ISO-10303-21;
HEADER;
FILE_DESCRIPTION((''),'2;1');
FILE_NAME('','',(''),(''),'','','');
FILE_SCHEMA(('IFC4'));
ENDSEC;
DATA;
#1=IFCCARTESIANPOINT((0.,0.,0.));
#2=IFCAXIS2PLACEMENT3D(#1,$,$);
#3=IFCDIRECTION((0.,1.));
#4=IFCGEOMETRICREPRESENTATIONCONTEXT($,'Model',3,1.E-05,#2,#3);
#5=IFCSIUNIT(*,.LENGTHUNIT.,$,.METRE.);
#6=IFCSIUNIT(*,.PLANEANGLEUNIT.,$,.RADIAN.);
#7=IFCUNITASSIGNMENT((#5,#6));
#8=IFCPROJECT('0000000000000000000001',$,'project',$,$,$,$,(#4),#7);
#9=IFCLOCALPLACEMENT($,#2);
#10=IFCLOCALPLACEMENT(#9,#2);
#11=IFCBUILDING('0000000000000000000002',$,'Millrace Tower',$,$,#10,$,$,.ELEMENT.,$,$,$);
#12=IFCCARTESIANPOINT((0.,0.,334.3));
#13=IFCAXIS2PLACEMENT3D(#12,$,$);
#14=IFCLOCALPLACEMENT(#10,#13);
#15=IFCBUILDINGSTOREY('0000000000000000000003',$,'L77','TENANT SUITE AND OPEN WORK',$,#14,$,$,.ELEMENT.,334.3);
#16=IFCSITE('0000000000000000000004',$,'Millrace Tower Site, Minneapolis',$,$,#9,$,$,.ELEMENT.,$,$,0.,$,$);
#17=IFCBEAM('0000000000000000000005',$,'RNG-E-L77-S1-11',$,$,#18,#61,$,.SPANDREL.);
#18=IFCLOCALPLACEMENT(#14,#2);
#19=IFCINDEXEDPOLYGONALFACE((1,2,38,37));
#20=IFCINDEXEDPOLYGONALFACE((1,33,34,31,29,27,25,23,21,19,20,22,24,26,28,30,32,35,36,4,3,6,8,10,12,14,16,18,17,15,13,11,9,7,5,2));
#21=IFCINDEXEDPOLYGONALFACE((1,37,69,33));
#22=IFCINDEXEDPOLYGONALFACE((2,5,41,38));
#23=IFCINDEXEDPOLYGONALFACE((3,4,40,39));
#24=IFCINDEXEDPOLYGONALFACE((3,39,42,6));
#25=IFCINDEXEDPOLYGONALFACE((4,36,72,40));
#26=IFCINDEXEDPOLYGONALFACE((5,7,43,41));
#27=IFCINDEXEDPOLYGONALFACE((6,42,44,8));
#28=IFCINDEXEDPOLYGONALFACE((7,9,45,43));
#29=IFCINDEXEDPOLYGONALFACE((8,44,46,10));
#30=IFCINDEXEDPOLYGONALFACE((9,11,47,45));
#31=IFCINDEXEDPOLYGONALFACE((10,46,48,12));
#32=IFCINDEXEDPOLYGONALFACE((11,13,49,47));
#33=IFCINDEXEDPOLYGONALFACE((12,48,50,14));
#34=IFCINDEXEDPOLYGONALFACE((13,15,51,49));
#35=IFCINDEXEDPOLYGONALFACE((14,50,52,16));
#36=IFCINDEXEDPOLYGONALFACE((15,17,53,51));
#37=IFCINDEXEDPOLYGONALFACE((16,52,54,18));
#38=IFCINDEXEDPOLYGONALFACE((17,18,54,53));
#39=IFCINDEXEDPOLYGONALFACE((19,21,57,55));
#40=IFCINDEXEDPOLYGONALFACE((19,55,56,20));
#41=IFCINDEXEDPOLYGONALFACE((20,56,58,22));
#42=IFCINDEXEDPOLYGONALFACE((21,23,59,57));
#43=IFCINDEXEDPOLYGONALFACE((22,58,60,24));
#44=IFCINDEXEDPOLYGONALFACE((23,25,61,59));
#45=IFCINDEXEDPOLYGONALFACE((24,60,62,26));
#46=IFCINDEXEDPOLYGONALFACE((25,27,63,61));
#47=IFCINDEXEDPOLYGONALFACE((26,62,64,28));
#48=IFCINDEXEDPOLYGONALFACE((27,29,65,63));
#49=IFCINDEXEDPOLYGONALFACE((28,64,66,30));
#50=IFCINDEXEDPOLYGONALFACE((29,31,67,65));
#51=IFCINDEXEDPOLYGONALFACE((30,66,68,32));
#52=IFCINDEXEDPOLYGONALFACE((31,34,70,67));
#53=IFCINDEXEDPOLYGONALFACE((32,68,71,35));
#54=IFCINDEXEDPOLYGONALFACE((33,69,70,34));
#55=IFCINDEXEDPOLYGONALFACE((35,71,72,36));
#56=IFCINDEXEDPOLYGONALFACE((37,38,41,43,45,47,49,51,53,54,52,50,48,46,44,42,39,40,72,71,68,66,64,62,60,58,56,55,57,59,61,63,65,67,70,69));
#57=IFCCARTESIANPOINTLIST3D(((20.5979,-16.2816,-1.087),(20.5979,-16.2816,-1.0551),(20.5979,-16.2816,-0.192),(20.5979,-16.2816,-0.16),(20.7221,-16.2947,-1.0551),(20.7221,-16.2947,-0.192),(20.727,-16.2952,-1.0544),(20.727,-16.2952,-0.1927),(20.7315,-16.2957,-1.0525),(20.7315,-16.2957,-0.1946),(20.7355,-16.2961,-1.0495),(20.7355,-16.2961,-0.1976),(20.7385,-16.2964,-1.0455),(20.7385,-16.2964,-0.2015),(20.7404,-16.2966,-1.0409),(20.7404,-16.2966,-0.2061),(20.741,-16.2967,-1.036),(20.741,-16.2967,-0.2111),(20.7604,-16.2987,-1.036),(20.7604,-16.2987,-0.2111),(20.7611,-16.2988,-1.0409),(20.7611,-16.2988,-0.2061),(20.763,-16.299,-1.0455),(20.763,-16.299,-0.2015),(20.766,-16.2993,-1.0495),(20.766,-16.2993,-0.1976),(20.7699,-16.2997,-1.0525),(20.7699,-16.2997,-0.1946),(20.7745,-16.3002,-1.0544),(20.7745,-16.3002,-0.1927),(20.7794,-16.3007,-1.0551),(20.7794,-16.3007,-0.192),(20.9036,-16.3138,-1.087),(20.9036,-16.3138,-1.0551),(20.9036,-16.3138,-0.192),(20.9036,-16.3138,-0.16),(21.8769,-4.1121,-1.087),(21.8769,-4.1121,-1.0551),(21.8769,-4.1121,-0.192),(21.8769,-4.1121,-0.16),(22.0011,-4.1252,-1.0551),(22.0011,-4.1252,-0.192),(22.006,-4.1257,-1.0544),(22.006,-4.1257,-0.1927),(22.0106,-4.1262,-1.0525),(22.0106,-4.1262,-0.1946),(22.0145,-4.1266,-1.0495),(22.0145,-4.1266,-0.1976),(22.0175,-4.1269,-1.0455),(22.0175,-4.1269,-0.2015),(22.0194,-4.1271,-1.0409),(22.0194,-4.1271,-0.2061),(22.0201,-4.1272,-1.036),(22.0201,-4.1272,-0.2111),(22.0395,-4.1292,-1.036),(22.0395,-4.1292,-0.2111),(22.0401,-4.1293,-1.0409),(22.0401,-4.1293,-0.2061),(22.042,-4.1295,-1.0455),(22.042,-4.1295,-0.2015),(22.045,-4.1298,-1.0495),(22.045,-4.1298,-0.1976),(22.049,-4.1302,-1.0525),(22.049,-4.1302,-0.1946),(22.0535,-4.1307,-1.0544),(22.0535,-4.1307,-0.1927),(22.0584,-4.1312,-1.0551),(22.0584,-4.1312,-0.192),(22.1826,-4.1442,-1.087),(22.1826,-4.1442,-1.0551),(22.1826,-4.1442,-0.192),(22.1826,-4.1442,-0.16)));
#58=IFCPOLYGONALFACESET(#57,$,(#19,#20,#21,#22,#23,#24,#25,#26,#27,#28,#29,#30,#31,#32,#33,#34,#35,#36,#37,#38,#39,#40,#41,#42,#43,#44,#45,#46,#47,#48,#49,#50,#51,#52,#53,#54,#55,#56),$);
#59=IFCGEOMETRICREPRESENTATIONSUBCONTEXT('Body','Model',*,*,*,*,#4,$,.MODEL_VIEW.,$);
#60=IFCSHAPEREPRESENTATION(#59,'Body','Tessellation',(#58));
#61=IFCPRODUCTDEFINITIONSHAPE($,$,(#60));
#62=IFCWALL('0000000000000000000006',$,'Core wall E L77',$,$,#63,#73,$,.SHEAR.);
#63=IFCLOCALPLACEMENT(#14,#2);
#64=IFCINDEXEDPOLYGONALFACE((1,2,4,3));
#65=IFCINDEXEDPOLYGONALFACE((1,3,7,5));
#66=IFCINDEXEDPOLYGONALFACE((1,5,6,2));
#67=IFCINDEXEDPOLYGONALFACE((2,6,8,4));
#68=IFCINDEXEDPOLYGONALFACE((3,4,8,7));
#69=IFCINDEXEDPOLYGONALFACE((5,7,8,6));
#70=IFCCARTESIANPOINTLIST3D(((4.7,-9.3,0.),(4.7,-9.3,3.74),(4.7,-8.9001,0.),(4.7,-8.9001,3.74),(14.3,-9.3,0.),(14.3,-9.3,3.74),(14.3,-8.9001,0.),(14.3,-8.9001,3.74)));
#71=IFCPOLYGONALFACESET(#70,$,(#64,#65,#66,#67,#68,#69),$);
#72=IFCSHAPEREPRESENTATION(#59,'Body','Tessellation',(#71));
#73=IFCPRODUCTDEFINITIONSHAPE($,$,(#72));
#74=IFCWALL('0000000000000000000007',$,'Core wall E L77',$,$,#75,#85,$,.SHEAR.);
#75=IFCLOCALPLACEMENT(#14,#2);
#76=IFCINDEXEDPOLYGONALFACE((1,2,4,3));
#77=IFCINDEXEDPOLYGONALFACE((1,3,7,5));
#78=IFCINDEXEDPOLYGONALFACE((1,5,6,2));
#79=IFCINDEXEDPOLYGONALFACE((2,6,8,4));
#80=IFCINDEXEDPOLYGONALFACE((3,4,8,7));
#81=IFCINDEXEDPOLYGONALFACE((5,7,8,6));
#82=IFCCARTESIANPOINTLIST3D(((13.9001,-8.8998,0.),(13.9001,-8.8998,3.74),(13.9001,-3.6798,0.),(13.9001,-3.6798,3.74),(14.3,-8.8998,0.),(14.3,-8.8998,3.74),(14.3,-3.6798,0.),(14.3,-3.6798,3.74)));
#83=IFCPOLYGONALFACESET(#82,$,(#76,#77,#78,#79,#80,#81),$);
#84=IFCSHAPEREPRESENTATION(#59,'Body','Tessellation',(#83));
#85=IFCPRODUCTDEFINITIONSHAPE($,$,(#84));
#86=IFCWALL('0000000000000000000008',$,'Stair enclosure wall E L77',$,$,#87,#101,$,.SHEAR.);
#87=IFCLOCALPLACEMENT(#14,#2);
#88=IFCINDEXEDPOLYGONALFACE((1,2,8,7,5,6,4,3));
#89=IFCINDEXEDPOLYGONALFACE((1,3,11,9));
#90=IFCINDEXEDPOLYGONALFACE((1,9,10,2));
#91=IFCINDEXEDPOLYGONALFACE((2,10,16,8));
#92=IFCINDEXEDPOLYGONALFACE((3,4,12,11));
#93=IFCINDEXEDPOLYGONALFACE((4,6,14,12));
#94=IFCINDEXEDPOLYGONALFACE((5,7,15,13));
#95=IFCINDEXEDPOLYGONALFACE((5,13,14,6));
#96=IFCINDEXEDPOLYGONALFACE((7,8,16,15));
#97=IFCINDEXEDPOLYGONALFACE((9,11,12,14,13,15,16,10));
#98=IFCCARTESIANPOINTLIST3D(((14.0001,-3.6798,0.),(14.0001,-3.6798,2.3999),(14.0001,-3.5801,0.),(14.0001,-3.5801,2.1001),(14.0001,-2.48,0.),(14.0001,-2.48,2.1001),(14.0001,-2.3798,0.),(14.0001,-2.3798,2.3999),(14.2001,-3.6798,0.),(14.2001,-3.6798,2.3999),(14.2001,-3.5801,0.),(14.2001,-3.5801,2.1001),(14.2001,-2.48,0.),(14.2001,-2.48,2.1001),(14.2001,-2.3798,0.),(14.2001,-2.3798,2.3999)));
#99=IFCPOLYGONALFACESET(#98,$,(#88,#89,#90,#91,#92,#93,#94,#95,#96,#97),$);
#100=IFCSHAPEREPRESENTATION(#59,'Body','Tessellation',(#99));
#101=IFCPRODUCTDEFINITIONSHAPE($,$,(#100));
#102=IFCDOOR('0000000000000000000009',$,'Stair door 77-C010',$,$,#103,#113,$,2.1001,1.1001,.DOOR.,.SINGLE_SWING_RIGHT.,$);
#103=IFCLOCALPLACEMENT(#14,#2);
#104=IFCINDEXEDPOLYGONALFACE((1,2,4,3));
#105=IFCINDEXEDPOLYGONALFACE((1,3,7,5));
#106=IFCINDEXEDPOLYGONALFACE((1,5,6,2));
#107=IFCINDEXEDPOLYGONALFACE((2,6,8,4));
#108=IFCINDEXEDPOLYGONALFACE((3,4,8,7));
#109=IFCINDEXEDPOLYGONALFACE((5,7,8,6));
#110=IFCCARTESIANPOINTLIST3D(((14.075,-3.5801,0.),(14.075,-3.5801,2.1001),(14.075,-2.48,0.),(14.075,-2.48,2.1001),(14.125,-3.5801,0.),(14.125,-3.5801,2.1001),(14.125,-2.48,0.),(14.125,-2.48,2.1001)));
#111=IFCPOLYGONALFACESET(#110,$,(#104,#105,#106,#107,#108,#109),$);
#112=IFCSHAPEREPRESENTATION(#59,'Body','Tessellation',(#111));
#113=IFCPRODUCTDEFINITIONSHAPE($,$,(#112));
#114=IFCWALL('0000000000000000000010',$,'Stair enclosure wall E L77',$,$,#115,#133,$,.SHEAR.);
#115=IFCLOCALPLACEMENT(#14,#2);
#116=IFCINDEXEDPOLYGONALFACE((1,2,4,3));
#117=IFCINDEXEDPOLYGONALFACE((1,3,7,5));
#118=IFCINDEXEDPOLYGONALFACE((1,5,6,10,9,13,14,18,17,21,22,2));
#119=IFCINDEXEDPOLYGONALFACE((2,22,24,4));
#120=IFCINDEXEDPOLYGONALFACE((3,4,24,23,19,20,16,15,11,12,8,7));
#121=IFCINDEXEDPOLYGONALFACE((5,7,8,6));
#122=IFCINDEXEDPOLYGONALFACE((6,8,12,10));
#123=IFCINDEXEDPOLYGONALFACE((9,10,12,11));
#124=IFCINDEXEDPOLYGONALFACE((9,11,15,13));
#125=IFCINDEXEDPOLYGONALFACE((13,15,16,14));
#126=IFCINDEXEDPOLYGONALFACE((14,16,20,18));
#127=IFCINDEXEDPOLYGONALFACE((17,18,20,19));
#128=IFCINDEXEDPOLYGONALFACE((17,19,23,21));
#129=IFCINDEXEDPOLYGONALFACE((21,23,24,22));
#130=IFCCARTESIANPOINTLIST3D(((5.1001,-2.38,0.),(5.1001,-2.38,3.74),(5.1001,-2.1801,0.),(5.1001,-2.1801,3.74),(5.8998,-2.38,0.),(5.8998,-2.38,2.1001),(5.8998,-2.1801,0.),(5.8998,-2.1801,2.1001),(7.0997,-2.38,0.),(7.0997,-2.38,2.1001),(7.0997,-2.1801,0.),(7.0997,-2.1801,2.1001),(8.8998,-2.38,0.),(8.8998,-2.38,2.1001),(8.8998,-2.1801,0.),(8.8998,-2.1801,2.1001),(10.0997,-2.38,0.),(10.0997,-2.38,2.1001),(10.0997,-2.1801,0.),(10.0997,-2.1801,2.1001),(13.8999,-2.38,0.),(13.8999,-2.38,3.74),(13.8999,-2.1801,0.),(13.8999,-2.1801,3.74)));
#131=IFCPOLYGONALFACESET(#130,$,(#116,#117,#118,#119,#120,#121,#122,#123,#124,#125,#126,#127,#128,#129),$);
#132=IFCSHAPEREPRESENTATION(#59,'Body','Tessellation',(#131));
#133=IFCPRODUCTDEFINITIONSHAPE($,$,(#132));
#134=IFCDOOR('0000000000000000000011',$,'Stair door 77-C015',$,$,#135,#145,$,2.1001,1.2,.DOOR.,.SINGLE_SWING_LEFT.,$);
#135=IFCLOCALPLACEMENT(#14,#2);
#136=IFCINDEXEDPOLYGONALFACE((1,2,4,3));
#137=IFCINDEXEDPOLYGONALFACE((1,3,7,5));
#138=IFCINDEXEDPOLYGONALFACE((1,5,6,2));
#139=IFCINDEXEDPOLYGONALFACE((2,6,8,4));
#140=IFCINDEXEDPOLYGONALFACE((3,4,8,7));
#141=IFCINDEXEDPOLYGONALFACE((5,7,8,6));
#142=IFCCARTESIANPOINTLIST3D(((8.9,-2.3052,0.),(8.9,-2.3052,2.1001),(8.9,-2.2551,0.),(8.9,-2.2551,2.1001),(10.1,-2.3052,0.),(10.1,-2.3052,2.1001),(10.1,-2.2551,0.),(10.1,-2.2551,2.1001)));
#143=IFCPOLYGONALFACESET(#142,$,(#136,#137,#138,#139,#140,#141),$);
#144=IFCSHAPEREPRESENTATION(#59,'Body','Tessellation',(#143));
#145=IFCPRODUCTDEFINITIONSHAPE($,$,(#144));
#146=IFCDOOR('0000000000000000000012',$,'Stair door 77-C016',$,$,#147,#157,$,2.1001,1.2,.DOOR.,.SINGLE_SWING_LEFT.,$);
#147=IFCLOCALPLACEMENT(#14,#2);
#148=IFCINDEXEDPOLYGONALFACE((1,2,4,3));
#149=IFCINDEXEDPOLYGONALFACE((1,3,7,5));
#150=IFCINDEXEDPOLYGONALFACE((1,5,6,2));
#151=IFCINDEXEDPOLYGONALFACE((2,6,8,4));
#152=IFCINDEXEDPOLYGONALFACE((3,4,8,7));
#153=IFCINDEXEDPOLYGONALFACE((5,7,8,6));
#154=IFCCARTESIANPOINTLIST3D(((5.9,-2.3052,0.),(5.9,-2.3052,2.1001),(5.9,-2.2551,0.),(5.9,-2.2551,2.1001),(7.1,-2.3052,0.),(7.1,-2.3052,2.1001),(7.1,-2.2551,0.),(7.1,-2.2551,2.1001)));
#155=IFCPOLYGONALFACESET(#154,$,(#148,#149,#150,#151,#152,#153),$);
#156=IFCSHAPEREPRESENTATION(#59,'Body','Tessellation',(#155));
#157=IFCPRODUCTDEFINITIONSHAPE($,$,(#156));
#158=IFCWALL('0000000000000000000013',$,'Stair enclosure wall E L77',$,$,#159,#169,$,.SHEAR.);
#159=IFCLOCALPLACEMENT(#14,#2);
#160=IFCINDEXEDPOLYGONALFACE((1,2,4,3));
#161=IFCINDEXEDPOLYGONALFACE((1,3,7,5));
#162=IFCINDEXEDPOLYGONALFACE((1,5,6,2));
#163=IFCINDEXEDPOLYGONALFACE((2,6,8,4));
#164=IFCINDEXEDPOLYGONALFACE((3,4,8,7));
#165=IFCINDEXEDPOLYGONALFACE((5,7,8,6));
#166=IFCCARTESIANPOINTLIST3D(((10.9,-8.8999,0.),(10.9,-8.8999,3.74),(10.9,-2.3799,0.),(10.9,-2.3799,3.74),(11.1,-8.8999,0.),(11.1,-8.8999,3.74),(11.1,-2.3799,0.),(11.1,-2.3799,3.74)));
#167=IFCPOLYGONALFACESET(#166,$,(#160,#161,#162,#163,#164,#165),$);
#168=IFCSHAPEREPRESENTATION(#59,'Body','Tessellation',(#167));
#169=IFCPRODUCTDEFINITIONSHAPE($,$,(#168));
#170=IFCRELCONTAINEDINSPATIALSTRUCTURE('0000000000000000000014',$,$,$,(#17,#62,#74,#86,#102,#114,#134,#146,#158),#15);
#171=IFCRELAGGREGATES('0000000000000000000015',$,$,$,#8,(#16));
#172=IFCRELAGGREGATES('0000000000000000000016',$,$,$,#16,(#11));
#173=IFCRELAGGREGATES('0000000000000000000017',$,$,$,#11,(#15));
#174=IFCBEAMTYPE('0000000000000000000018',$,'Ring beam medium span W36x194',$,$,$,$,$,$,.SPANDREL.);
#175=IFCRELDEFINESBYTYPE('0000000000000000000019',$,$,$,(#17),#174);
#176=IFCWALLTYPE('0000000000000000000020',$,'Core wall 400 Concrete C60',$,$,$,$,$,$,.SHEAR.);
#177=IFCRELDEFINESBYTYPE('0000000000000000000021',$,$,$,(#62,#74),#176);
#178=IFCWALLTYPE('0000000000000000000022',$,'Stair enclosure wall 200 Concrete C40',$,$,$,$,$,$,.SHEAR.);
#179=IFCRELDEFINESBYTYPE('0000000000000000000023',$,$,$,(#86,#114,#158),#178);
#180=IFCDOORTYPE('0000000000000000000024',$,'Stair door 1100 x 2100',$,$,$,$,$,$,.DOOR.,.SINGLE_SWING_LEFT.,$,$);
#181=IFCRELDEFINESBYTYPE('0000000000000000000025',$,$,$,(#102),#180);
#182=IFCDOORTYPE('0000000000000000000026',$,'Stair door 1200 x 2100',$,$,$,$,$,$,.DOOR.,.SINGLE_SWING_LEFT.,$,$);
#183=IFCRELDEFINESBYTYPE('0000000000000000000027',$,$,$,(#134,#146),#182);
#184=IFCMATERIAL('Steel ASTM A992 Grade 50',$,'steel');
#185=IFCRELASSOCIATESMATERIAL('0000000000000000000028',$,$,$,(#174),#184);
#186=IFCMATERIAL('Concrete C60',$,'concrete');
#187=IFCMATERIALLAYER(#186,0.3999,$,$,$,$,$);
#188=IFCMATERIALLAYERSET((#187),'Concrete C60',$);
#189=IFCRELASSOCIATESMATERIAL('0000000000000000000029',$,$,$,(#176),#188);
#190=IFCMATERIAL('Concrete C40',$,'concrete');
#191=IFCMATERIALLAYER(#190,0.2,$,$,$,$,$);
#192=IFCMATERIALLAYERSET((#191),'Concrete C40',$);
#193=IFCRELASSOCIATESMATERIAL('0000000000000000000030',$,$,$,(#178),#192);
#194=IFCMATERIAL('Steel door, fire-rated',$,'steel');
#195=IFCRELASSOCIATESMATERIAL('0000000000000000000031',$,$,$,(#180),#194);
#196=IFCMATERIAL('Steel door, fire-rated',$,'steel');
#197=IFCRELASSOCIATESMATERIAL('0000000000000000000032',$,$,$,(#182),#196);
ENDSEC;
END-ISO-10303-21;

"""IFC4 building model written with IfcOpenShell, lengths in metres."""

from ifc_helpers import new_model, si_unit, direction, frame, frame_2d, origin, origin_2d, place, context, subcontext, project, spatial, rectangle, i_section, extrude, material, layer, layer_set, material_profile, profile_set, type_object, element, fill, save


model = new_model("IFC4")

# Units and contexts
model_context = context("Model", 3, precision=1e-05, world=origin(), true_north=direction((0.0, 1.0)))
body_context = subcontext(model_context, "Body", "Model", "MODEL_VIEW")
ifc_project = project(units=[si_unit("LENGTHUNIT", "METRE"), si_unit("PLANEANGLEUNIT", "RADIAN")], contexts=[model_context])

# Site, building, storey
site_placement = place(None, origin())
site = spatial("IfcSite", under=ifc_project, at=site_placement, Name="Millrace Tower Site, Minneapolis", CompositionType="ELEMENT", RefElevation=0.0)
building_placement = place(site_placement, origin())
building = spatial("IfcBuilding", under=site, at=building_placement, Name="Millrace Tower", CompositionType="ELEMENT")
storey_placement = place(building_placement, frame((0.0, 0.0, 334.3)))
storey = spatial("IfcBuildingStorey", under=building, at=storey_placement, Name="L77", Description="TENANT SUITE AND OPEN WORK", CompositionType="ELEMENT", Elevation=334.3)

# Beam
ifc_material_1 = material(Name="Steel ASTM A992 Grade 50", Category="steel")
ifc_material_profile_1 = material_profile(ifc_material_1, i_section(OverallWidth=0.3074, OverallDepth=0.927, WebThickness=0.0195, FlangeThickness=0.032, FilletRadius=0.019, at=origin_2d()))
ifc_profile_set_1 = profile_set([ifc_material_profile_1], Name="Steel ASTM A992 Grade 50")
beam_type_1 = type_object("IfcBeamType", Name="Ring beam medium span W36x194", PredefinedType="SPANDREL", material=ifc_profile_set_1)
beam_1_placement = place(storey_placement, frame((22.0298, -4.1282, -0.6235), z_axis=(-0.104528, -0.994522, 0.0), x_axis=(0.994522, -0.104528, 0.0)))
element("IfcBeam", 1, at=beam_1_placement, inside=storey, type_object=beam_type_1, Name="RNG-E-L77-S1-11", PredefinedType="SPANDREL", context=body_context, shape_type="SweptSolid", body=[
    extrude(i_section(OverallWidth=0.3074, OverallDepth=0.927, WebThickness=0.0195, FlangeThickness=0.032, FilletRadius=0.019, at=origin_2d()), origin(), (0.0, 0.0, 1.0), 12.2366),
])

# Walls
ifc_material_2 = material(Name="Concrete C60", Category="concrete")
ifc_layer_1 = layer(ifc_material_2, 0.3999)
ifc_layer_set_1 = layer_set([ifc_layer_1], Name="Concrete C60")
wall_type_1 = type_object("IfcWallType", Name="Core wall 400 Concrete C60", PredefinedType="SHEAR", material=ifc_layer_set_1)
wall_1_placement = place(storey_placement, frame((14.3, -9.1001, 0.0), z_axis=(0.0, 0.0, 1.0), x_axis=(-1.0, 0.0, 0.0)))
element("IfcWall", 2, at=wall_1_placement, inside=storey, type_object=wall_type_1, Name="Core wall E L77", PredefinedType="SHEAR", context=body_context, shape_type="SweptSolid", body=[
    extrude(rectangle(XDim=9.6001, YDim=0.3999, at=frame_2d((4.8, 0.0))), origin(), (0.0, 0.0, 1.0), 3.74),
])
wall_2_placement = place(storey_placement, frame((14.1001, -3.6799, 0.0), z_axis=(0.0, 0.0, 1.0), x_axis=(0.0, -1.0, 0.0)))
element("IfcWall", 3, at=wall_2_placement, inside=storey, type_object=wall_type_1, Name="Core wall E L77", PredefinedType="SHEAR", context=body_context, shape_type="SweptSolid", body=[
    extrude(rectangle(XDim=5.22, YDim=0.3999, at=frame_2d((2.6099, 0.0))), origin(), (0.0, 0.0, 1.0), 3.74),
])

# Wall, opening, door
ifc_material_3 = material(Name="Concrete C40", Category="concrete")
ifc_layer_2 = layer(ifc_material_3, 0.2)
ifc_layer_set_2 = layer_set([ifc_layer_2], Name="Concrete C40")
wall_type_2 = type_object("IfcWallType", Name="Stair enclosure wall 200 Concrete C40", PredefinedType="SHEAR", material=ifc_layer_set_2)
wall_3_placement = place(storey_placement, frame((14.1001, -2.3799, 0.0), z_axis=(0.0, 0.0, 1.0), x_axis=(0.0, -1.0, 0.0)))
wall_3 = element("IfcWall", 4, at=wall_3_placement, inside=storey, type_object=wall_type_2, Name="Stair enclosure wall E L77", PredefinedType="SHEAR", context=body_context, shape_type="SweptSolid", body=[
    extrude(rectangle(XDim=1.3, YDim=0.2, at=frame_2d((0.6499, 0.0))), origin(), (0.0, 0.0, 1.0), 2.3999),
])
opening_1_placement = place(wall_3_placement, frame((0.1001, 0.0, 0.0)))
opening_1 = element("IfcOpeningElement", 5, at=opening_1_placement, cuts=wall_3, PredefinedType="OPENING", context=body_context, shape_type="SweptSolid", body=[
    extrude(rectangle(XDim=1.1001, YDim=2.1001, at=frame_2d((0.55, 1.05))), frame((0.0, 0.1099, 0.0), z_axis=(0.0, -1.0, 0.0), x_axis=(1.0, 0.0, 0.0)), (0.0, 0.0, 1.0), 0.22),
])
ifc_material_4 = material(Name="Steel door, fire-rated", Category="steel")
door_type_1 = type_object("IfcDoorType", Name="Stair door 1100 x 2100", OperationType="SINGLE_SWING_LEFT", PredefinedType="DOOR", material=ifc_material_4)
door_1_placement = place(opening_1_placement, origin())
door_1 = element("IfcDoor", 6, at=door_1_placement, inside=storey, type_object=door_type_1, Name="Stair door 77-C010", OperationType="SINGLE_SWING_RIGHT", OverallHeight=2.1001, OverallWidth=1.1001, PredefinedType="DOOR", context=body_context, shape_type="SweptSolid", body=[
    extrude(rectangle(XDim=1.1001, YDim=2.1001, at=frame_2d((0.55, 1.05))), frame((0.0, 0.0249, 0.0), z_axis=(0.0, -1.0, 0.0), x_axis=(1.0, 0.0, 0.0)), (0.0, 0.0, 1.0), 0.05),
])
fill(opening_1, door_1)

# Wall, openings, doors
wall_4_placement = place(storey_placement, frame((13.8999, -2.28, 0.0), z_axis=(0.0, 0.0, 1.0), x_axis=(-1.0, 0.0, 0.0)))
wall_4 = element("IfcWall", 7, at=wall_4_placement, inside=storey, type_object=wall_type_2, Name="Stair enclosure wall E L77", PredefinedType="SHEAR", context=body_context, shape_type="SweptSolid", body=[
    extrude(rectangle(XDim=8.7998, YDim=0.2, at=frame_2d((4.3999, 0.0))), origin(), (0.0, 0.0, 1.0), 3.74),
])
opening_2_placement = place(wall_4_placement, frame((3.8, 0.0, 0.0)))
opening_2 = element("IfcOpeningElement", 8, at=opening_2_placement, cuts=wall_4, PredefinedType="OPENING", context=body_context, shape_type="SweptSolid", body=[
    extrude(rectangle(XDim=1.2, YDim=2.1001, at=frame_2d((0.6001, 1.05))), frame((0.0, 0.1099, 0.0), z_axis=(0.0, -1.0, 0.0), x_axis=(1.0, 0.0, 0.0)), (0.0, 0.0, 1.0), 0.22),
])
opening_3_placement = place(wall_4_placement, frame((6.8, 0.0, 0.0)))
opening_3 = element("IfcOpeningElement", 9, at=opening_3_placement, cuts=wall_4, PredefinedType="OPENING", context=body_context, shape_type="SweptSolid", body=[
    extrude(rectangle(XDim=1.2, YDim=2.1001, at=frame_2d((0.6001, 1.05))), frame((0.0, 0.1099, 0.0), z_axis=(0.0, -1.0, 0.0), x_axis=(1.0, 0.0, 0.0)), (0.0, 0.0, 1.0), 0.22),
])
ifc_material_5 = material(Name="Steel door, fire-rated", Category="steel")
door_type_2 = type_object("IfcDoorType", Name="Stair door 1200 x 2100", OperationType="SINGLE_SWING_LEFT", PredefinedType="DOOR", material=ifc_material_5)
door_2_placement = place(opening_2_placement, frame((1.2, 0.0, 0.0), z_axis=(0.0, 0.0, 1.0), x_axis=(-1.0, 0.0, 0.0)))
door_2 = element("IfcDoor", 10, at=door_2_placement, inside=storey, type_object=door_type_2, Name="Stair door 77-C015", OperationType="SINGLE_SWING_LEFT", OverallHeight=2.1001, OverallWidth=1.2, PredefinedType="DOOR", context=body_context, shape_type="SweptSolid", body=[
    extrude(rectangle(XDim=1.2, YDim=2.1001, at=frame_2d((0.6001, 1.05))), frame((0.0, 0.0249, 0.0), z_axis=(0.0, -1.0, 0.0), x_axis=(1.0, 0.0, 0.0)), (0.0, 0.0, 1.0), 0.05),
])
fill(opening_2, door_2)
door_3_placement = place(opening_3_placement, frame((1.2, 0.0, 0.0), z_axis=(0.0, 0.0, 1.0), x_axis=(-1.0, 0.0, 0.0)))
door_3 = element("IfcDoor", 11, at=door_3_placement, inside=storey, type_object=door_type_2, Name="Stair door 77-C016", OperationType="SINGLE_SWING_LEFT", OverallHeight=2.1001, OverallWidth=1.2, PredefinedType="DOOR", context=body_context, shape_type="SweptSolid", body=[
    extrude(rectangle(XDim=1.2, YDim=2.1001, at=frame_2d((0.6001, 1.05))), frame((0.0, 0.0249, 0.0), z_axis=(0.0, -1.0, 0.0), x_axis=(1.0, 0.0, 0.0)), (0.0, 0.0, 1.0), 0.05),
])
fill(opening_3, door_3)

# Wall
wall_5_placement = place(storey_placement, frame((11.0, -2.3799, 0.0), z_axis=(0.0, 0.0, 1.0), x_axis=(0.0, -1.0, 0.0)))
element("IfcWall", 12, at=wall_5_placement, inside=storey, type_object=wall_type_2, Name="Stair enclosure wall E L77", PredefinedType="SHEAR", context=body_context, shape_type="SweptSolid", body=[
    extrude(rectangle(XDim=6.52, YDim=0.2, at=frame_2d((3.26, 0.0))), origin(), (0.0, 0.0, 1.0), 3.74),
])

save(model, "model.ifc")
